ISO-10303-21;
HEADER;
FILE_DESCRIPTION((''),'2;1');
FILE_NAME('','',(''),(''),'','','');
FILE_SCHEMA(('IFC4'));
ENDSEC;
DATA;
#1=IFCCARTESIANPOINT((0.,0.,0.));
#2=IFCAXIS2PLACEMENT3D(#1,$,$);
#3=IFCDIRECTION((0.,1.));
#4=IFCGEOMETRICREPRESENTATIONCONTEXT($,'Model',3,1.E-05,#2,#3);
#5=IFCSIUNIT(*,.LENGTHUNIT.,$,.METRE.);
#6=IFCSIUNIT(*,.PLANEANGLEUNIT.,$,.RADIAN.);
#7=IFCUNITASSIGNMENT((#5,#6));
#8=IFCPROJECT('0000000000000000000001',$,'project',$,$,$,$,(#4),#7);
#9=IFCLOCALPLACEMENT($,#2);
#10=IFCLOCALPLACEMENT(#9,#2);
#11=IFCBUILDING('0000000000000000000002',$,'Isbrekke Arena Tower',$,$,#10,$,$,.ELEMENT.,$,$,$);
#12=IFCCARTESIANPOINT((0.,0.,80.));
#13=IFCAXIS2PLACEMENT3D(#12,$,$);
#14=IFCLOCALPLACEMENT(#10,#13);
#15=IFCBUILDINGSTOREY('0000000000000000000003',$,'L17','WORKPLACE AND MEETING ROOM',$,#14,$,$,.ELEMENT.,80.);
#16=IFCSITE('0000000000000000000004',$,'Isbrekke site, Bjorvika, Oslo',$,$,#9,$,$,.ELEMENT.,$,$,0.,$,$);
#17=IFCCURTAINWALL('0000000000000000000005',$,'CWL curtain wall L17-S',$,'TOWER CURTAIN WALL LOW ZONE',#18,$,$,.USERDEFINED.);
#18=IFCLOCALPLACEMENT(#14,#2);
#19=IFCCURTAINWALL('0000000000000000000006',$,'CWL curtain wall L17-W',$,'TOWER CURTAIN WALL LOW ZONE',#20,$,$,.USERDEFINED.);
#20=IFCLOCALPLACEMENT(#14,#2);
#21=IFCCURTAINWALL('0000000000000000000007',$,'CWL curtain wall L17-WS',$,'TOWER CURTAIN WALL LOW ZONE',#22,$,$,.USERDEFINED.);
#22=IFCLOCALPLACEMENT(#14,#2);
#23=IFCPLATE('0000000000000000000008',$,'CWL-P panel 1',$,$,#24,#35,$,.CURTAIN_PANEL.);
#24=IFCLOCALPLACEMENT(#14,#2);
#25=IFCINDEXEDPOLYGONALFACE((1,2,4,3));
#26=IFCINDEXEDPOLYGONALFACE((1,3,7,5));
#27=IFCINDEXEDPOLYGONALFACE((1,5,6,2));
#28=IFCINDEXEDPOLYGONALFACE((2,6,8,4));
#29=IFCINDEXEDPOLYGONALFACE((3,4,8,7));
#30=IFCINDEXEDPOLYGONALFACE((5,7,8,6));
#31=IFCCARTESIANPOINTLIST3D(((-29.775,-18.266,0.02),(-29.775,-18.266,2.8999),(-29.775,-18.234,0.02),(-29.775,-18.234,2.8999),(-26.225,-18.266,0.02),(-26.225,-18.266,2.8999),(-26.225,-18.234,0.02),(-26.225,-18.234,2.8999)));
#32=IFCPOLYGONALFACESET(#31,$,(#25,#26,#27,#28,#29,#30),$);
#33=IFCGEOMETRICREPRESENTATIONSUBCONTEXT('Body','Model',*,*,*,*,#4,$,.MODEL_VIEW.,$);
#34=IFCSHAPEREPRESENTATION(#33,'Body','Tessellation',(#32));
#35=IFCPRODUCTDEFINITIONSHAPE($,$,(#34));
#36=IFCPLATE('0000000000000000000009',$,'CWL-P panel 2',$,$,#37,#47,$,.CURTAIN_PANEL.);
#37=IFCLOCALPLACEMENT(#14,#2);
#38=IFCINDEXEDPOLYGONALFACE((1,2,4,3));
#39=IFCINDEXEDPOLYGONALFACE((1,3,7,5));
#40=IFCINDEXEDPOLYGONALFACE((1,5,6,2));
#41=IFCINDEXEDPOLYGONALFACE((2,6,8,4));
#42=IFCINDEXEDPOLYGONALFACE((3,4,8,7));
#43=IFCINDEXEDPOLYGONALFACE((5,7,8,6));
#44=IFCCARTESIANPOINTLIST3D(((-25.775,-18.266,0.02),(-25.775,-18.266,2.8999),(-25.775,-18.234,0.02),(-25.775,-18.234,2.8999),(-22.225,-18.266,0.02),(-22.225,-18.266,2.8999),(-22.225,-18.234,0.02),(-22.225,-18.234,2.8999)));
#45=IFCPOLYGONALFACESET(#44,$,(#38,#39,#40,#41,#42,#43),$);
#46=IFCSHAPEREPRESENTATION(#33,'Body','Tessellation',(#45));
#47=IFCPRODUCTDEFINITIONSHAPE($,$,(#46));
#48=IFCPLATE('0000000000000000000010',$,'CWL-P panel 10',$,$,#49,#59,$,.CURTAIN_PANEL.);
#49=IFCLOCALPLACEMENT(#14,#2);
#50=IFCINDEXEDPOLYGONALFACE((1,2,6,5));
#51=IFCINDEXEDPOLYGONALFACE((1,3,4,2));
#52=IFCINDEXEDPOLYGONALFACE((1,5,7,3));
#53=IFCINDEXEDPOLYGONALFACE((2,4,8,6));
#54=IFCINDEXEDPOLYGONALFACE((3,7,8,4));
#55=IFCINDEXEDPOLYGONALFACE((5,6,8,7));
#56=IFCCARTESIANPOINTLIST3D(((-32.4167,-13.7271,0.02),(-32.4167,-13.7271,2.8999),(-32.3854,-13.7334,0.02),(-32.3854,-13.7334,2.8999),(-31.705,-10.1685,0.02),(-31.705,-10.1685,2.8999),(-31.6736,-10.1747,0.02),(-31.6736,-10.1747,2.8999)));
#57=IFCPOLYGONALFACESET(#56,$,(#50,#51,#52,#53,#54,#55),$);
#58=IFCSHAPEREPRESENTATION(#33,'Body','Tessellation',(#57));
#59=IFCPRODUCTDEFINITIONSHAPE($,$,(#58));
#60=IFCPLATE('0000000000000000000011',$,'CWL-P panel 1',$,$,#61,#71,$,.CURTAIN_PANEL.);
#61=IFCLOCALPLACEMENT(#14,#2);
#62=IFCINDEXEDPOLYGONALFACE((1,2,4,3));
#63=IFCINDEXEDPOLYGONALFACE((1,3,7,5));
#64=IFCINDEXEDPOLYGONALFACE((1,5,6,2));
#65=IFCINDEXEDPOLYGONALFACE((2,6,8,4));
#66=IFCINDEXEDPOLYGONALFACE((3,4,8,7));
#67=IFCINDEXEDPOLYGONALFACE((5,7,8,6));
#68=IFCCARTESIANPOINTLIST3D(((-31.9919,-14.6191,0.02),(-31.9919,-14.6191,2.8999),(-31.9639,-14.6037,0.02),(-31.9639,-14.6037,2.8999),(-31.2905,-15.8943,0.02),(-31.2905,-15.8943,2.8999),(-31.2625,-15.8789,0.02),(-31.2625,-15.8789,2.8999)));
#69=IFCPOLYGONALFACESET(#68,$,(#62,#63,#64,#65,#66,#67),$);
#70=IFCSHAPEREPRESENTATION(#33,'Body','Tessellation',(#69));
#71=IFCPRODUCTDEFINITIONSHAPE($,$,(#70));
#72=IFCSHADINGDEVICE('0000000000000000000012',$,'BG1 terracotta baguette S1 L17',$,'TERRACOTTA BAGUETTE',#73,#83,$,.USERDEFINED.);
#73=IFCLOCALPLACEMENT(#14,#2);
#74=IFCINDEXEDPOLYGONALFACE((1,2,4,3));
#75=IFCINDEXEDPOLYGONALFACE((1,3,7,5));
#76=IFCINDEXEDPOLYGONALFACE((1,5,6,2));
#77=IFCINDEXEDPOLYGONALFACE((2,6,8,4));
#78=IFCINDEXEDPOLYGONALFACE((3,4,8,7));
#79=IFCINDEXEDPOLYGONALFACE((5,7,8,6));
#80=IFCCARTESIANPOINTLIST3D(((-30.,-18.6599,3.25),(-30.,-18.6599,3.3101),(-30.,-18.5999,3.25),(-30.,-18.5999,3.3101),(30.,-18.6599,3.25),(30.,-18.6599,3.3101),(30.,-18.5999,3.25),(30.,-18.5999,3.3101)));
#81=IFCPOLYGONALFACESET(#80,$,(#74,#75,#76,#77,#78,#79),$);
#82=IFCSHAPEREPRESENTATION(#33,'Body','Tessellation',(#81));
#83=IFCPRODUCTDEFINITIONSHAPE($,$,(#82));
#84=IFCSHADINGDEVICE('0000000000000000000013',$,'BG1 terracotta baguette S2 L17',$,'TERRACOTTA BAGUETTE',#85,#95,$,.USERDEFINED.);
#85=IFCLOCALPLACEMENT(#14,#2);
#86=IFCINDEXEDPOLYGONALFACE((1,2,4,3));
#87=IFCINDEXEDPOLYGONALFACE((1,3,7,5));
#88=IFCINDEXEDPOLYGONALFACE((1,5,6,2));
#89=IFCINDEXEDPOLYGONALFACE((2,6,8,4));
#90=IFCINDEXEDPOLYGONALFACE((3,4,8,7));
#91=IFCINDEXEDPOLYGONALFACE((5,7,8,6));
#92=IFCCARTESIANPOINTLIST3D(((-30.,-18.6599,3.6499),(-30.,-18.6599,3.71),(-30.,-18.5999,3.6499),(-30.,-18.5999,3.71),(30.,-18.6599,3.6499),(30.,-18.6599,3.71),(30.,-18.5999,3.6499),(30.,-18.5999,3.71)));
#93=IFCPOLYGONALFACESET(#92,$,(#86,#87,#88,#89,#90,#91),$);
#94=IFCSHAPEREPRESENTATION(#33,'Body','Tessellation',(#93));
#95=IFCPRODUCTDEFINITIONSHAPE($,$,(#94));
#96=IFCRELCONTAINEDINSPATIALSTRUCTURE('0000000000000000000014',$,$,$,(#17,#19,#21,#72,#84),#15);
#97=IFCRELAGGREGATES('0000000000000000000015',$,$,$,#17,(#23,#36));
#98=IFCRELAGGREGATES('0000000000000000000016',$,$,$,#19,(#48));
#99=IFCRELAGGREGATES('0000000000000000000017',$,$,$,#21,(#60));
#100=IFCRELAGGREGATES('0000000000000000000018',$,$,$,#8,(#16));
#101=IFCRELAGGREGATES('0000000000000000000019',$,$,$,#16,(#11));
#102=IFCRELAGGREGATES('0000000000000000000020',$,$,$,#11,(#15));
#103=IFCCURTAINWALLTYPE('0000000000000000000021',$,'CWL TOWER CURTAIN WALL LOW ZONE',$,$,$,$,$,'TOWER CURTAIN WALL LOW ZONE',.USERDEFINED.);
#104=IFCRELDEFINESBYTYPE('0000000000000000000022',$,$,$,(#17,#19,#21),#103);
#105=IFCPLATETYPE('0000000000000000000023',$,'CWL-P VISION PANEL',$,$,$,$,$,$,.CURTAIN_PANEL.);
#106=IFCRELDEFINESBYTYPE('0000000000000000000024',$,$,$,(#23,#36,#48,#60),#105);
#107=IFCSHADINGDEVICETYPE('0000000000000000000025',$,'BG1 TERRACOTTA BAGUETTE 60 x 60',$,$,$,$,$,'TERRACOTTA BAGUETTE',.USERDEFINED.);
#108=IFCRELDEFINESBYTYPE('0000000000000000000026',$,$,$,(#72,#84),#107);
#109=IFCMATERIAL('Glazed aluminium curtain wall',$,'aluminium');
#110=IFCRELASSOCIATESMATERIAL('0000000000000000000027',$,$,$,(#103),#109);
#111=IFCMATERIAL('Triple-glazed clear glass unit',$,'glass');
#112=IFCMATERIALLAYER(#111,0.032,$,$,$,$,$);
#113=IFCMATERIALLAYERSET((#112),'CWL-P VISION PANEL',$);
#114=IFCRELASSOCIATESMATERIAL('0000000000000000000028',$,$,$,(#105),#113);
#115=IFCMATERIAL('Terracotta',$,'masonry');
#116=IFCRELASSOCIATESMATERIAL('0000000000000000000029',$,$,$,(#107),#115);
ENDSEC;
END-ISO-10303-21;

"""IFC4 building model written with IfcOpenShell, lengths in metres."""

from ifc_helpers import new_model, si_unit, direction, frame, origin, origin_2d, place, context, subcontext, project, spatial, rectangle, extrude, material, layer, layer_set, material_profile, profile_set, type_object, element, aggregate, save


model = new_model("IFC4")

# Units and contexts
model_context = context("Model", 3, precision=1e-05, world=origin(), true_north=direction((0.0, 1.0)))
body_context = subcontext(model_context, "Body", "Model", "MODEL_VIEW")
ifc_project = project(units=[si_unit("LENGTHUNIT", "METRE"), si_unit("PLANEANGLEUNIT", "RADIAN")], contexts=[model_context])

# Site, building, storey
site_placement = place(None, origin())
site = spatial("IfcSite", under=ifc_project, at=site_placement, Name="Isbrekke site, Bjorvika, Oslo", CompositionType="ELEMENT", RefElevation=0.0)
building_placement = place(site_placement, origin())
building = spatial("IfcBuilding", under=site, at=building_placement, Name="Isbrekke Arena Tower", CompositionType="ELEMENT")
storey_placement = place(building_placement, frame((0.0, 0.0, 80.0)))
storey = spatial("IfcBuildingStorey", under=building, at=storey_placement, Name="L17", Description="WORKPLACE AND MEETING ROOM", CompositionType="ELEMENT", Elevation=80.0)

# Curtain wall
ifc_material_1 = material(Name="Glazed aluminium curtain wall", Category="aluminium")
curtain_wall_type = type_object("IfcCurtainWallType", Name="CWL TOWER CURTAIN WALL LOW ZONE", ElementType="TOWER CURTAIN WALL LOW ZONE", PredefinedType="USERDEFINED", material=ifc_material_1)
curtain_wall_1_placement = place(storey_placement, origin())
curtain_wall_1 = element("IfcCurtainWall", 1, at=curtain_wall_1_placement, inside=storey, type_object=curtain_wall_type, Name="CWL curtain wall L17-S", ObjectType="TOWER CURTAIN WALL LOW ZONE", PredefinedType="USERDEFINED")

# Curtain wall
curtain_wall_2_placement = place(storey_placement, origin())
curtain_wall_2 = element("IfcCurtainWall", 2, at=curtain_wall_2_placement, inside=storey, type_object=curtain_wall_type, Name="CWL curtain wall L17-W", ObjectType="TOWER CURTAIN WALL LOW ZONE", PredefinedType="USERDEFINED")

# Curtain wall
curtain_wall_3_placement = place(storey_placement, origin())
curtain_wall_3 = element("IfcCurtainWall", 3, at=curtain_wall_3_placement, inside=storey, type_object=curtain_wall_type, Name="CWL curtain wall L17-WS", ObjectType="TOWER CURTAIN WALL LOW ZONE", PredefinedType="USERDEFINED")

# Plates
ifc_material_2 = material(Name="Triple-glazed clear glass unit", Category="glass")
ifc_layer = layer(ifc_material_2, 0.032)
ifc_layer_set = layer_set([ifc_layer], Name="CWL-P VISION PANEL")
plate_type = type_object("IfcPlateType", Name="CWL-P VISION PANEL", PredefinedType="CURTAIN_PANEL", material=ifc_layer_set)
plate_1_placement = place(storey_placement, frame((-28.0, -18.25, 0.02), z_axis=(0.0, 0.0, 1.0), x_axis=(1.0, 0.0, 0.0)))
plate_1 = element("IfcPlate", 4, at=plate_1_placement, type_object=plate_type, Name="CWL-P panel 1", PredefinedType="CURTAIN_PANEL", context=body_context, shape_type="SweptSolid", body=[
    extrude(rectangle(XDim=3.55, YDim=0.032, at=origin_2d()), origin(), (0.0, 0.0, 1.0), 2.8799),
])
plate_2_placement = place(storey_placement, frame((-24.0, -18.25, 0.02), z_axis=(0.0, 0.0, 1.0), x_axis=(1.0, 0.0, 0.0)))
plate_2 = element("IfcPlate", 5, at=plate_2_placement, type_object=plate_type, Name="CWL-P panel 2", PredefinedType="CURTAIN_PANEL", context=body_context, shape_type="SweptSolid", body=[
    extrude(rectangle(XDim=3.55, YDim=0.032, at=origin_2d()), origin(), (0.0, 0.0, 1.0), 2.8799),
])
aggregate(curtain_wall_1, [plate_1, plate_2])
plate_3_placement = place(storey_placement, frame((-32.0452, -11.9509, 0.02), z_axis=(0.0, 0.0, 1.0), x_axis=(-0.196116, -0.980581, 0.0)))
plate_3 = element("IfcPlate", 6, at=plate_3_placement, type_object=plate_type, Name="CWL-P panel 10", PredefinedType="CURTAIN_PANEL", context=body_context, shape_type="SweptSolid", body=[
    extrude(rectangle(XDim=3.6292, YDim=0.032, at=origin_2d()), origin(), (0.0, 0.0, 1.0), 2.8799),
])
aggregate(curtain_wall_2, [plate_3])
plate_4_placement = place(storey_placement, frame((-31.6272, -15.249, 0.02), z_axis=(0.0, 0.0, 1.0), x_axis=(0.481919, -0.876216, 0.0)))
plate_4 = element("IfcPlate", 7, at=plate_4_placement, type_object=plate_type, Name="CWL-P panel 1", PredefinedType="CURTAIN_PANEL", context=body_context, shape_type="SweptSolid", body=[
    extrude(rectangle(XDim=1.4553, YDim=0.032, at=origin_2d()), origin(), (0.0, 0.0, 1.0), 2.8799),
])
aggregate(curtain_wall_3, [plate_4])

# Shading devices
ifc_material_3 = material(Name="Terracotta", Category="masonry")
ifc_material_profile_1 = material_profile(ifc_material_3, rectangle(XDim=0.0601, YDim=0.0601, at=origin_2d()), Name="BAGUETTE 60X60")
ifc_profile_set_1 = profile_set([ifc_material_profile_1], Name="Terracotta")
shading_device_type = type_object("IfcShadingDeviceType", Name="BG1 TERRACOTTA BAGUETTE 60 x 60", ElementType="TERRACOTTA BAGUETTE", PredefinedType="USERDEFINED", material=ifc_profile_set_1)
for number, where, z_axis, x_axis, name in (
    (8, (-30.0, -18.6299, 3.28), (1.0, 0.0, 0.0), (0.0, 1.0, 0.0), "BG1 terracotta baguette S1 L17"),
    (9, (-30.0, -18.6299, 3.6799), (1.0, 0.0, 0.0), (0.0, 1.0, 0.0), "BG1 terracotta baguette S2 L17"),
):
    element("IfcShadingDevice", number, at=place(storey_placement, frame(where, z_axis=z_axis, x_axis=x_axis)), inside=storey, type_object=shading_device_type, Name=name, ObjectType="TERRACOTTA BAGUETTE", PredefinedType="USERDEFINED", context=body_context, shape_type="SweptSolid", body=[
        extrude(rectangle(XDim=0.0601, YDim=0.0601, at=origin_2d()), origin(), (0.0, 0.0, 1.0), 60.0),
    ])

save(model, "model.ifc")
